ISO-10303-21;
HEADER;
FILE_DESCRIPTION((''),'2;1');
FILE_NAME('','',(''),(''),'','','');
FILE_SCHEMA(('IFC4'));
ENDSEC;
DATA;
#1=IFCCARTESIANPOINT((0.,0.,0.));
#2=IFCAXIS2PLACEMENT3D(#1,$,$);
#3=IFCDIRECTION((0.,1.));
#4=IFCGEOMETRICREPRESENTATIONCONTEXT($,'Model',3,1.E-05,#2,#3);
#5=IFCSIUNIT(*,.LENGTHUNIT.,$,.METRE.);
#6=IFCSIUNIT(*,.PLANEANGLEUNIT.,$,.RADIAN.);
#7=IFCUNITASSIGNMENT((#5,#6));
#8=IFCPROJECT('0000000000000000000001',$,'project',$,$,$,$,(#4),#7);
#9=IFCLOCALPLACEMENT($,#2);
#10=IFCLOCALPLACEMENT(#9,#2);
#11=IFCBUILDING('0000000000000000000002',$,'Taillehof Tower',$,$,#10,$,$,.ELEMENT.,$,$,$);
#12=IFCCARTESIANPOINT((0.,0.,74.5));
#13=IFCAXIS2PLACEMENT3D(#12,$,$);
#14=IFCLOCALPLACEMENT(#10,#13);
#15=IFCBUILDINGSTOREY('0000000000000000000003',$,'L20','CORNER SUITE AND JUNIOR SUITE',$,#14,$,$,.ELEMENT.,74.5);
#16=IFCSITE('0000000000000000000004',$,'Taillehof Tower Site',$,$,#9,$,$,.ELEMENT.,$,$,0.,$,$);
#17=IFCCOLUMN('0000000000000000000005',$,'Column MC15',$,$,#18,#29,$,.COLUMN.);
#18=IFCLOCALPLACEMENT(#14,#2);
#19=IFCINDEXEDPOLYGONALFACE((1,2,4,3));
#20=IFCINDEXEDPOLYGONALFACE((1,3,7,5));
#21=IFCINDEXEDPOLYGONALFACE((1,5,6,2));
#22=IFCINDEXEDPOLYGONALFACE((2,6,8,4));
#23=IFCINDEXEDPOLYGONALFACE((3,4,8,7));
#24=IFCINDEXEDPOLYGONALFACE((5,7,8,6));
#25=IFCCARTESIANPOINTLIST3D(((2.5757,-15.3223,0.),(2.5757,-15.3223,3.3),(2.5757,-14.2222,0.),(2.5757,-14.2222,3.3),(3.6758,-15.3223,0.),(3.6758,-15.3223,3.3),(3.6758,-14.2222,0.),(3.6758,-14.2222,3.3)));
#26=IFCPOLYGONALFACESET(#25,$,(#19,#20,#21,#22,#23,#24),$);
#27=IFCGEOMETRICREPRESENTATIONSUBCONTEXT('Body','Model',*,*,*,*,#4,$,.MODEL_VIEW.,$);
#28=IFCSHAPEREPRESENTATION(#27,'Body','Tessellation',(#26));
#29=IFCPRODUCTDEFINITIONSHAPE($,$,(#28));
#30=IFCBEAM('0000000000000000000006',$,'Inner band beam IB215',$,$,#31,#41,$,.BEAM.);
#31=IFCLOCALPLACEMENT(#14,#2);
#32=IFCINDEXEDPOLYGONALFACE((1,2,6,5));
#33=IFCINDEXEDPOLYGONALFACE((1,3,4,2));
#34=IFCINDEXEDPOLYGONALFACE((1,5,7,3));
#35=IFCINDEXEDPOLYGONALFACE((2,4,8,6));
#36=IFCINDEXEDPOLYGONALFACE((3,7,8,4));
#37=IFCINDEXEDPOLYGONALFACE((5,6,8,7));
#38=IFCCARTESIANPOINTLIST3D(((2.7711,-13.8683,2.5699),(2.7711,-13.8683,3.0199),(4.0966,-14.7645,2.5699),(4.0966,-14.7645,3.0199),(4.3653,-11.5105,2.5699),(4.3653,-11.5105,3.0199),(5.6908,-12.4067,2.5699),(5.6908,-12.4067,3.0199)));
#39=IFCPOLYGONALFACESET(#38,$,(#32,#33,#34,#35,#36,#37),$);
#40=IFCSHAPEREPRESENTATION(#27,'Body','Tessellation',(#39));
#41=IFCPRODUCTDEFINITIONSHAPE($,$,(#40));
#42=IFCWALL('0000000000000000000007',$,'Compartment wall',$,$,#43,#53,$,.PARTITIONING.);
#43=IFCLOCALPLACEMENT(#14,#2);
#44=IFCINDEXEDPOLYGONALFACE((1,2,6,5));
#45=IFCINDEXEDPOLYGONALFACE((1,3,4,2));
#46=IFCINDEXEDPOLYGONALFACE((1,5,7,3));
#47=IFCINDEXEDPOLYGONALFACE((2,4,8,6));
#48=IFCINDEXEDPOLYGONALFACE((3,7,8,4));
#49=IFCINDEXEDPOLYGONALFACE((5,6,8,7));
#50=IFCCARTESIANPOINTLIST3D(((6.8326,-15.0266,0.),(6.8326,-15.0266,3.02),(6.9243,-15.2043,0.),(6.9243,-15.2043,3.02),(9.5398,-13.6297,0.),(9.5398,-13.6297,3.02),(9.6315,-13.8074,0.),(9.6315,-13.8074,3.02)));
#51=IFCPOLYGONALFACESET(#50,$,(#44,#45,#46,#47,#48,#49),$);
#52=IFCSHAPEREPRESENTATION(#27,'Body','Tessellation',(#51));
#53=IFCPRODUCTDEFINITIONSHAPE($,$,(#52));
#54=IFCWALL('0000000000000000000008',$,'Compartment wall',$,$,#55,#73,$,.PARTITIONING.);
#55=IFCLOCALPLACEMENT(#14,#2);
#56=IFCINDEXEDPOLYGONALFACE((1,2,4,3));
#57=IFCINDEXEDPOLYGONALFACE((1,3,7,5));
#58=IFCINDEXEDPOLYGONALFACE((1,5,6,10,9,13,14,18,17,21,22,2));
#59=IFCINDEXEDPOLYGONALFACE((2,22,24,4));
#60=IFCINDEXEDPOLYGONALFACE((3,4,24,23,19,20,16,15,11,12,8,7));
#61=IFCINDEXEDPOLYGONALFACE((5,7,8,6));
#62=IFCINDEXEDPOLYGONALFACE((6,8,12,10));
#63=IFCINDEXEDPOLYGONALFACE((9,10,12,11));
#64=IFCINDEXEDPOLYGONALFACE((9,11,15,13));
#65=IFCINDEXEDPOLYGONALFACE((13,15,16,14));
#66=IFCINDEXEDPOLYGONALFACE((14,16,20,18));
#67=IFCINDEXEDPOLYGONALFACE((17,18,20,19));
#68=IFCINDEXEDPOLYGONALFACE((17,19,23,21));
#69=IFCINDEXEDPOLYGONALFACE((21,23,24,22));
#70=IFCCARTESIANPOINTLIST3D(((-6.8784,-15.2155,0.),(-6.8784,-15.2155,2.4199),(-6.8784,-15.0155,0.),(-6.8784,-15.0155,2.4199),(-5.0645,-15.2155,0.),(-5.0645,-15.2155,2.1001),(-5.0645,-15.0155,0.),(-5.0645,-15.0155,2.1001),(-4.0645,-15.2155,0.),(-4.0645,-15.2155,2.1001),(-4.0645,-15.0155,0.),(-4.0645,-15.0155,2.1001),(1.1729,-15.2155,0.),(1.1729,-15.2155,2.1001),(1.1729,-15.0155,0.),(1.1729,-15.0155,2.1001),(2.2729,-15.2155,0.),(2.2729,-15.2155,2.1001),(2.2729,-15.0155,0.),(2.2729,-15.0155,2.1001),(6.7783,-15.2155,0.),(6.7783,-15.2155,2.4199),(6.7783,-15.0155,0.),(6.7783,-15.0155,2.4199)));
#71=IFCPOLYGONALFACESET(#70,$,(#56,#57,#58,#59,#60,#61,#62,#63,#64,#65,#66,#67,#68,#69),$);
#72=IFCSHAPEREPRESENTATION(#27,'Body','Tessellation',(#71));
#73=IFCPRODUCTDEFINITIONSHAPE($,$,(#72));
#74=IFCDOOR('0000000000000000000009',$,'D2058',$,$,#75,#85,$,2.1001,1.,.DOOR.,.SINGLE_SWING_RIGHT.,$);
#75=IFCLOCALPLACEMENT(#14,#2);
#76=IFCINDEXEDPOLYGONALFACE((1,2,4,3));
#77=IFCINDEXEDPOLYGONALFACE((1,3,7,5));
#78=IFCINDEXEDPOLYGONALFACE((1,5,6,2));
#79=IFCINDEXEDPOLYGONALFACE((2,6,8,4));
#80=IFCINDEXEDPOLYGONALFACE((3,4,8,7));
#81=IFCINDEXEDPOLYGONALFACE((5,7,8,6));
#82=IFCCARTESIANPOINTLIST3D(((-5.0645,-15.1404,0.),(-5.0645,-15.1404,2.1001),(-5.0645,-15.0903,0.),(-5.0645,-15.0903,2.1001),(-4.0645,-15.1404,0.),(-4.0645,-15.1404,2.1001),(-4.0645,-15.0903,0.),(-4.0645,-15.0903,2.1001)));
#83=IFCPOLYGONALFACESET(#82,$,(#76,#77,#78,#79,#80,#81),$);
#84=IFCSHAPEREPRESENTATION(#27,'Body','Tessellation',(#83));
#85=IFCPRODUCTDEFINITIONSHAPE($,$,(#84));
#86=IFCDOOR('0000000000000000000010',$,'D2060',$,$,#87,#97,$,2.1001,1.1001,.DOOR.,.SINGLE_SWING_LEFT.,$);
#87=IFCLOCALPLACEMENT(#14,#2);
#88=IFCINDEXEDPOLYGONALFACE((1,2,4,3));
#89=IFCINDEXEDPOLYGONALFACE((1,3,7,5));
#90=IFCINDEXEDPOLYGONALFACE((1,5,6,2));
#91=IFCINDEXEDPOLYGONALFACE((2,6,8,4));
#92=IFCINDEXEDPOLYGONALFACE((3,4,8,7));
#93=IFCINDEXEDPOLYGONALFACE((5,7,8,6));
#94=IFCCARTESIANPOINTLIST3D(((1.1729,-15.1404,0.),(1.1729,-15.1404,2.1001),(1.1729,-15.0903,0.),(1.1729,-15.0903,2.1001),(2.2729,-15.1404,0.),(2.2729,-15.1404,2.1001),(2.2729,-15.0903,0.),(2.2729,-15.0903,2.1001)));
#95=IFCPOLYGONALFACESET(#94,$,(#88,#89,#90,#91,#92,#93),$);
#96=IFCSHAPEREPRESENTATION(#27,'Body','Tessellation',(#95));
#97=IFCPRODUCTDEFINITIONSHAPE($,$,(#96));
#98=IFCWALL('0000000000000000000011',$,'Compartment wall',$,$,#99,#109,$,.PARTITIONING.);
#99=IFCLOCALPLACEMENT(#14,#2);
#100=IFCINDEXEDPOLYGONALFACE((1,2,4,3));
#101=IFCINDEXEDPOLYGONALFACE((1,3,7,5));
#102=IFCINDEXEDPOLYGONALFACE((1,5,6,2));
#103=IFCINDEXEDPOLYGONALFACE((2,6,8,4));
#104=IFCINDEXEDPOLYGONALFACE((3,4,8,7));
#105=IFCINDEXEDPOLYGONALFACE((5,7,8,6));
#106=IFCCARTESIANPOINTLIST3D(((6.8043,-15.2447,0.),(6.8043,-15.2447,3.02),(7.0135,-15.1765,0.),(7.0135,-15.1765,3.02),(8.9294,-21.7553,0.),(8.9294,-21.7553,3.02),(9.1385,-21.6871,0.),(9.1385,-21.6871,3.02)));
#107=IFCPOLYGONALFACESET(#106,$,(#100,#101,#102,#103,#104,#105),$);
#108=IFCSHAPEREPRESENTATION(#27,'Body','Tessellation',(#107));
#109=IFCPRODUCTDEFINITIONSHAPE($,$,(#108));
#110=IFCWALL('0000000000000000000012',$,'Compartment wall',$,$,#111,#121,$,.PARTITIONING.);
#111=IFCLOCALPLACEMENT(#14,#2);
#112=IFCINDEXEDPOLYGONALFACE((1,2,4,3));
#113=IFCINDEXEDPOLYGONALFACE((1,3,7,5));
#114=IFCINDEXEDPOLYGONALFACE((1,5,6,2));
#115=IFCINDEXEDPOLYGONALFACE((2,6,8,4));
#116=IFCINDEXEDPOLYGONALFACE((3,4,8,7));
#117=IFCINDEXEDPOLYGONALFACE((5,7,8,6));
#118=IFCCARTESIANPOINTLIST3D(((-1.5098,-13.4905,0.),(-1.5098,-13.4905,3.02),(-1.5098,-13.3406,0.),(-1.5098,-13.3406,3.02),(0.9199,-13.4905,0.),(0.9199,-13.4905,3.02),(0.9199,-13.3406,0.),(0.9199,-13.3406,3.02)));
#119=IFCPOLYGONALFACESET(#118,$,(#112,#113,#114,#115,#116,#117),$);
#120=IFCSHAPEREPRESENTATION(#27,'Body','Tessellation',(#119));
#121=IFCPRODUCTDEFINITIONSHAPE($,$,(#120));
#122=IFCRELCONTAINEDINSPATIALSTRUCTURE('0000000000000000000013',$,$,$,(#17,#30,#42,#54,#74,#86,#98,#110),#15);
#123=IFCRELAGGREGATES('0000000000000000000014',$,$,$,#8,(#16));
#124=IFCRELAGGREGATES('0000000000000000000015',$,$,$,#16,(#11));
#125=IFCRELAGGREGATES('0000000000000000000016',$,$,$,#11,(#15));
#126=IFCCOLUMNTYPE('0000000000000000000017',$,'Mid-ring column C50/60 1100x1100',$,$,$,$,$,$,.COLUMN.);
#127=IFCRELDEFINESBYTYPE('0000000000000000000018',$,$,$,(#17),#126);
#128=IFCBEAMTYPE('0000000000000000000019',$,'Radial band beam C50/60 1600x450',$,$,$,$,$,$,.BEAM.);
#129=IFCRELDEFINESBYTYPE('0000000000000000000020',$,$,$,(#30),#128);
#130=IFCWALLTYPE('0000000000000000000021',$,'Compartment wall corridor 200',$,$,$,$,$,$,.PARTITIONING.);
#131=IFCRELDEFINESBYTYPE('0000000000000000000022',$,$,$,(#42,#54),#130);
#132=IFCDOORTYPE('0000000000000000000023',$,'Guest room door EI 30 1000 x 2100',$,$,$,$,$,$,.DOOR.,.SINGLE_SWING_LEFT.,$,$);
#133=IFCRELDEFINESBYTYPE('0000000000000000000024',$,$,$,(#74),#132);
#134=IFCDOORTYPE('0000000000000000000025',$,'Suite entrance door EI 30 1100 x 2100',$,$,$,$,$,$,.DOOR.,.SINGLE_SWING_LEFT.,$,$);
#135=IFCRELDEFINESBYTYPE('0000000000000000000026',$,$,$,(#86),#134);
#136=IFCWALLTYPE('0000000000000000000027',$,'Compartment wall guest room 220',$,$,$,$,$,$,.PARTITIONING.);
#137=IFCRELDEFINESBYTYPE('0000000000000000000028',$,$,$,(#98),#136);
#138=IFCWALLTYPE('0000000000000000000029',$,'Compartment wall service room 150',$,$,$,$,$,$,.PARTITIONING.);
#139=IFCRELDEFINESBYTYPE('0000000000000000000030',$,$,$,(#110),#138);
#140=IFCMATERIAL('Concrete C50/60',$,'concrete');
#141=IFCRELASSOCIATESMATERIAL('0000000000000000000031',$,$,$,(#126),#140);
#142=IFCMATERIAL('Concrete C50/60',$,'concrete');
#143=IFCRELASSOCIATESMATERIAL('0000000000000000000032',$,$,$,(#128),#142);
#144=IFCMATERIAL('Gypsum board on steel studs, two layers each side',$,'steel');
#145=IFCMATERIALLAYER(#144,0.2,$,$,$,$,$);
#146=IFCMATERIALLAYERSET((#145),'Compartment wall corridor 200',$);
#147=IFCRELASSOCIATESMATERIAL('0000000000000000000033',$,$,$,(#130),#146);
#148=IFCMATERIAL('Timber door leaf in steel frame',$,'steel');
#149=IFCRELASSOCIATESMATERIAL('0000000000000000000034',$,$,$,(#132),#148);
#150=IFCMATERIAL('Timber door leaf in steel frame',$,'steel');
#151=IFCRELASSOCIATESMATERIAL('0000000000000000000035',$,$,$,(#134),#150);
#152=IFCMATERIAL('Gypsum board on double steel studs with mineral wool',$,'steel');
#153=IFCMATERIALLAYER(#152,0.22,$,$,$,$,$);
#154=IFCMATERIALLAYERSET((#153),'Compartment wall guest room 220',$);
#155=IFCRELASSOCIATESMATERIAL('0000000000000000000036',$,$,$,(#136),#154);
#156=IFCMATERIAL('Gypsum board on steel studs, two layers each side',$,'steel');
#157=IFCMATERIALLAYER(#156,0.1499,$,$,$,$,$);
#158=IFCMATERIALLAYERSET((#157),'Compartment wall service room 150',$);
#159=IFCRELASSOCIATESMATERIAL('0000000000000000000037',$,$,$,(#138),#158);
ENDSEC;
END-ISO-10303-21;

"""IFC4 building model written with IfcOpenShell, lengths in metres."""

from ifc_helpers import new_model, si_unit, direction, frame, frame_2d, origin, origin_2d, place, context, subcontext, project, spatial, rectangle, extrude, material, layer, layer_set, material_profile, profile_set, type_object, element, fill, save


model = new_model("IFC4")

# Units and contexts
model_context = context("Model", 3, precision=1e-05, world=origin(), true_north=direction((0.0, 1.0)))
body_context = subcontext(model_context, "Body", "Model", "MODEL_VIEW")
ifc_project = project(units=[si_unit("LENGTHUNIT", "METRE"), si_unit("PLANEANGLEUNIT", "RADIAN")], contexts=[model_context])

# Site, building, storey
site_placement = place(None, origin())
site = spatial("IfcSite", under=ifc_project, at=site_placement, Name="Taillehof Tower Site", CompositionType="ELEMENT", RefElevation=0.0)
building_placement = place(site_placement, origin())
building = spatial("IfcBuilding", under=site, at=building_placement, Name="Taillehof Tower", CompositionType="ELEMENT")
storey_placement = place(building_placement, frame((0.0, 0.0, 74.5)))
storey = spatial("IfcBuildingStorey", under=building, at=storey_placement, Name="L20", Description="CORNER SUITE AND JUNIOR SUITE", CompositionType="ELEMENT", Elevation=74.5)

# Column
ifc_material_1 = material(Name="Concrete C50/60", Category="concrete")
ifc_material_profile_1 = material_profile(ifc_material_1, rectangle(XDim=1.1001, YDim=1.1001, at=origin_2d()), Name="RC 1100x1100")
ifc_profile_set_1 = profile_set([ifc_material_profile_1], Name="Concrete C50/60")
column_type = type_object("IfcColumnType", Name="Mid-ring column C50/60 1100x1100", PredefinedType="COLUMN", material=ifc_profile_set_1)
column_placement = place(storey_placement, frame((3.1257, -14.7722, 0.0), z_axis=(0.0, 0.0, 1.0), x_axis=(1.0, 0.0, 0.0)))
element("IfcColumn", 1, at=column_placement, inside=storey, type_object=column_type, Name="Column MC15", PredefinedType="COLUMN", context=body_context, shape_type="SweptSolid", body=[
    extrude(rectangle(XDim=1.1001, YDim=1.1001, at=origin_2d()), origin(), (0.0, 0.0, 1.0), 3.3),
])

# Beam
ifc_material_2 = material(Name="Concrete C50/60", Category="concrete")
ifc_material_profile_2 = material_profile(ifc_material_2, rectangle(XDim=1.6001, YDim=0.45, at=origin_2d()), Name="RC 1600x450")
ifc_profile_set_2 = profile_set([ifc_material_profile_2], Name="Concrete C50/60")
beam_type = type_object("IfcBeamType", Name="Radial band beam C50/60 1600x450", PredefinedType="BEAM", material=ifc_profile_set_2)
beam_placement = place(storey_placement, frame((3.4338, -14.3164, 2.7949), z_axis=(0.560112, 0.828417, 0.0), x_axis=(-0.828417, 0.560112, 0.0)))
element("IfcBeam", 2, at=beam_placement, inside=storey, type_object=beam_type, Name="Inner band beam IB215", PredefinedType="BEAM", context=body_context, shape_type="SweptSolid", body=[
    extrude(rectangle(XDim=1.6001, YDim=0.45, at=origin_2d()), origin(), (0.0, 0.0, 1.0), 2.8462),
])

# Wall
ifc_material_3 = material(Name="Gypsum board on steel studs, two layers each side", Category="steel")
ifc_layer_1 = layer(ifc_material_3, 0.2)
ifc_layer_set_1 = layer_set([ifc_layer_1], Name="Compartment wall corridor 200")
wall_type_1 = type_object("IfcWallType", Name="Compartment wall corridor 200", PredefinedType="PARTITIONING", material=ifc_layer_set_1)
wall_1_placement = place(storey_placement, frame((9.5857, -13.7185, 0.0), z_axis=(0.0, 0.0, 1.0), x_axis=(-0.888665, -0.458557, 0.0)))
element("IfcWall", 3, at=wall_1_placement, inside=storey, type_object=wall_type_1, Name="Compartment wall", PredefinedType="PARTITIONING", context=body_context, shape_type="SweptSolid", body=[
    extrude(rectangle(XDim=3.0464, YDim=0.2, at=frame_2d((1.5232, 0.0))), origin(), (0.0, 0.0, 1.0), 3.02),
])

# Wall, openings, doors
wall_2_placement = place(storey_placement, frame((6.7783, -15.1155, 0.0), z_axis=(0.0, 0.0, 1.0), x_axis=(-1.0, 0.0, 0.0)))
wall_2 = element("IfcWall", 4, at=wall_2_placement, inside=storey, type_object=wall_type_1, Name="Compartment wall", PredefinedType="PARTITIONING", context=body_context, shape_type="SweptSolid", body=[
    extrude(rectangle(XDim=13.6567, YDim=0.2, at=frame_2d((6.8284, 0.0))), origin(), (0.0, 0.0, 1.0), 2.4199),
])
opening_1_placement = place(wall_2_placement, frame((10.8428, 0.0, 0.0)))
opening_1 = element("IfcOpeningElement", 5, at=opening_1_placement, cuts=wall_2, PredefinedType="OPENING", context=body_context, shape_type="SweptSolid", body=[
    extrude(rectangle(XDim=1.0, YDim=2.1001, at=frame_2d((0.5, 1.05))), frame((0.0, 0.1099, 0.0), z_axis=(0.0, -1.0, 0.0), x_axis=(1.0, 0.0, 0.0)), (0.0, 0.0, 1.0), 0.22),
])
opening_2_placement = place(wall_2_placement, frame((4.5054, 0.0, 0.0)))
opening_2 = element("IfcOpeningElement", 6, at=opening_2_placement, cuts=wall_2, PredefinedType="OPENING", context=body_context, shape_type="SweptSolid", body=[
    extrude(rectangle(XDim=1.1001, YDim=2.1001, at=frame_2d((0.55, 1.05))), frame((0.0, 0.1099, 0.0), z_axis=(0.0, -1.0, 0.0), x_axis=(1.0, 0.0, 0.0)), (0.0, 0.0, 1.0), 0.22),
])
ifc_material_4 = material(Name="Timber door leaf in steel frame", Category="steel")
door_type_1 = type_object("IfcDoorType", Name="Guest room door EI 30 1000 x 2100", OperationType="SINGLE_SWING_LEFT", PredefinedType="DOOR", material=ifc_material_4)
door_1_placement = place(opening_1_placement, origin())
door_1 = element("IfcDoor", 7, at=door_1_placement, inside=storey, type_object=door_type_1, Name="D2058", OperationType="SINGLE_SWING_RIGHT", OverallHeight=2.1001, OverallWidth=1.0, PredefinedType="DOOR", context=body_context, shape_type="SweptSolid", body=[
    extrude(rectangle(XDim=1.0, YDim=2.1001, at=frame_2d((0.5, 1.05))), frame((0.0, 0.0249, 0.0), z_axis=(0.0, -1.0, 0.0), x_axis=(1.0, 0.0, 0.0)), (0.0, 0.0, 1.0), 0.05),
])
fill(opening_1, door_1)
ifc_material_5 = material(Name="Timber door leaf in steel frame", Category="steel")
door_type_2 = type_object("IfcDoorType", Name="Suite entrance door EI 30 1100 x 2100", OperationType="SINGLE_SWING_LEFT", PredefinedType="DOOR", material=ifc_material_5)
door_2_placement = place(opening_2_placement, origin())
door_2 = element("IfcDoor", 8, at=door_2_placement, inside=storey, type_object=door_type_2, Name="D2060", OperationType="SINGLE_SWING_LEFT", OverallHeight=2.1001, OverallWidth=1.1001, PredefinedType="DOOR", context=body_context, shape_type="SweptSolid", body=[
    extrude(rectangle(XDim=1.1001, YDim=2.1001, at=frame_2d((0.55, 1.05))), frame((0.0, 0.0249, 0.0), z_axis=(0.0, -1.0, 0.0), x_axis=(1.0, 0.0, 0.0)), (0.0, 0.0, 1.0), 0.05),
])
fill(opening_2, door_2)

# Walls
ifc_material_6 = material(Name="Gypsum board on double steel studs with mineral wool", Category="steel")
ifc_layer_2 = layer(ifc_material_6, 0.22)
ifc_layer_set_2 = layer_set([ifc_layer_2], Name="Compartment wall guest room 220")
wall_type_2 = type_object("IfcWallType", Name="Compartment wall guest room 220", PredefinedType="PARTITIONING", material=ifc_layer_set_2)
wall_3_placement = place(storey_placement, frame((9.0339, -21.7212, 0.0), z_axis=(0.0, 0.0, 1.0), x_axis=(-0.310286, 0.950643, 0.0)))
element("IfcWall", 9, at=wall_3_placement, inside=storey, type_object=wall_type_2, Name="Compartment wall", PredefinedType="PARTITIONING", context=body_context, shape_type="SweptSolid", body=[
    extrude(rectangle(XDim=6.8486, YDim=0.22, at=frame_2d((3.4243, 0.0))), origin(), (0.0, 0.0, 1.0), 3.02),
])
ifc_material_7 = material(Name="Gypsum board on steel studs, two layers each side", Category="steel")
ifc_layer_3 = layer(ifc_material_7, 0.1499)
ifc_layer_set_3 = layer_set([ifc_layer_3], Name="Compartment wall service room 150")
wall_type_3 = type_object("IfcWallType", Name="Compartment wall service room 150", PredefinedType="PARTITIONING", material=ifc_layer_set_3)
wall_4_placement = place(storey_placement, frame((0.9199, -13.4155, 0.0), z_axis=(0.0, 0.0, 1.0), x_axis=(-1.0, 0.0, 0.0)))
element("IfcWall", 10, at=wall_4_placement, inside=storey, type_object=wall_type_3, Name="Compartment wall", PredefinedType="PARTITIONING", context=body_context, shape_type="SweptSolid", body=[
    extrude(rectangle(XDim=2.4297, YDim=0.1499, at=frame_2d((1.2148, 0.0))), origin(), (0.0, 0.0, 1.0), 3.02),
])

save(model, "model.ifc")
